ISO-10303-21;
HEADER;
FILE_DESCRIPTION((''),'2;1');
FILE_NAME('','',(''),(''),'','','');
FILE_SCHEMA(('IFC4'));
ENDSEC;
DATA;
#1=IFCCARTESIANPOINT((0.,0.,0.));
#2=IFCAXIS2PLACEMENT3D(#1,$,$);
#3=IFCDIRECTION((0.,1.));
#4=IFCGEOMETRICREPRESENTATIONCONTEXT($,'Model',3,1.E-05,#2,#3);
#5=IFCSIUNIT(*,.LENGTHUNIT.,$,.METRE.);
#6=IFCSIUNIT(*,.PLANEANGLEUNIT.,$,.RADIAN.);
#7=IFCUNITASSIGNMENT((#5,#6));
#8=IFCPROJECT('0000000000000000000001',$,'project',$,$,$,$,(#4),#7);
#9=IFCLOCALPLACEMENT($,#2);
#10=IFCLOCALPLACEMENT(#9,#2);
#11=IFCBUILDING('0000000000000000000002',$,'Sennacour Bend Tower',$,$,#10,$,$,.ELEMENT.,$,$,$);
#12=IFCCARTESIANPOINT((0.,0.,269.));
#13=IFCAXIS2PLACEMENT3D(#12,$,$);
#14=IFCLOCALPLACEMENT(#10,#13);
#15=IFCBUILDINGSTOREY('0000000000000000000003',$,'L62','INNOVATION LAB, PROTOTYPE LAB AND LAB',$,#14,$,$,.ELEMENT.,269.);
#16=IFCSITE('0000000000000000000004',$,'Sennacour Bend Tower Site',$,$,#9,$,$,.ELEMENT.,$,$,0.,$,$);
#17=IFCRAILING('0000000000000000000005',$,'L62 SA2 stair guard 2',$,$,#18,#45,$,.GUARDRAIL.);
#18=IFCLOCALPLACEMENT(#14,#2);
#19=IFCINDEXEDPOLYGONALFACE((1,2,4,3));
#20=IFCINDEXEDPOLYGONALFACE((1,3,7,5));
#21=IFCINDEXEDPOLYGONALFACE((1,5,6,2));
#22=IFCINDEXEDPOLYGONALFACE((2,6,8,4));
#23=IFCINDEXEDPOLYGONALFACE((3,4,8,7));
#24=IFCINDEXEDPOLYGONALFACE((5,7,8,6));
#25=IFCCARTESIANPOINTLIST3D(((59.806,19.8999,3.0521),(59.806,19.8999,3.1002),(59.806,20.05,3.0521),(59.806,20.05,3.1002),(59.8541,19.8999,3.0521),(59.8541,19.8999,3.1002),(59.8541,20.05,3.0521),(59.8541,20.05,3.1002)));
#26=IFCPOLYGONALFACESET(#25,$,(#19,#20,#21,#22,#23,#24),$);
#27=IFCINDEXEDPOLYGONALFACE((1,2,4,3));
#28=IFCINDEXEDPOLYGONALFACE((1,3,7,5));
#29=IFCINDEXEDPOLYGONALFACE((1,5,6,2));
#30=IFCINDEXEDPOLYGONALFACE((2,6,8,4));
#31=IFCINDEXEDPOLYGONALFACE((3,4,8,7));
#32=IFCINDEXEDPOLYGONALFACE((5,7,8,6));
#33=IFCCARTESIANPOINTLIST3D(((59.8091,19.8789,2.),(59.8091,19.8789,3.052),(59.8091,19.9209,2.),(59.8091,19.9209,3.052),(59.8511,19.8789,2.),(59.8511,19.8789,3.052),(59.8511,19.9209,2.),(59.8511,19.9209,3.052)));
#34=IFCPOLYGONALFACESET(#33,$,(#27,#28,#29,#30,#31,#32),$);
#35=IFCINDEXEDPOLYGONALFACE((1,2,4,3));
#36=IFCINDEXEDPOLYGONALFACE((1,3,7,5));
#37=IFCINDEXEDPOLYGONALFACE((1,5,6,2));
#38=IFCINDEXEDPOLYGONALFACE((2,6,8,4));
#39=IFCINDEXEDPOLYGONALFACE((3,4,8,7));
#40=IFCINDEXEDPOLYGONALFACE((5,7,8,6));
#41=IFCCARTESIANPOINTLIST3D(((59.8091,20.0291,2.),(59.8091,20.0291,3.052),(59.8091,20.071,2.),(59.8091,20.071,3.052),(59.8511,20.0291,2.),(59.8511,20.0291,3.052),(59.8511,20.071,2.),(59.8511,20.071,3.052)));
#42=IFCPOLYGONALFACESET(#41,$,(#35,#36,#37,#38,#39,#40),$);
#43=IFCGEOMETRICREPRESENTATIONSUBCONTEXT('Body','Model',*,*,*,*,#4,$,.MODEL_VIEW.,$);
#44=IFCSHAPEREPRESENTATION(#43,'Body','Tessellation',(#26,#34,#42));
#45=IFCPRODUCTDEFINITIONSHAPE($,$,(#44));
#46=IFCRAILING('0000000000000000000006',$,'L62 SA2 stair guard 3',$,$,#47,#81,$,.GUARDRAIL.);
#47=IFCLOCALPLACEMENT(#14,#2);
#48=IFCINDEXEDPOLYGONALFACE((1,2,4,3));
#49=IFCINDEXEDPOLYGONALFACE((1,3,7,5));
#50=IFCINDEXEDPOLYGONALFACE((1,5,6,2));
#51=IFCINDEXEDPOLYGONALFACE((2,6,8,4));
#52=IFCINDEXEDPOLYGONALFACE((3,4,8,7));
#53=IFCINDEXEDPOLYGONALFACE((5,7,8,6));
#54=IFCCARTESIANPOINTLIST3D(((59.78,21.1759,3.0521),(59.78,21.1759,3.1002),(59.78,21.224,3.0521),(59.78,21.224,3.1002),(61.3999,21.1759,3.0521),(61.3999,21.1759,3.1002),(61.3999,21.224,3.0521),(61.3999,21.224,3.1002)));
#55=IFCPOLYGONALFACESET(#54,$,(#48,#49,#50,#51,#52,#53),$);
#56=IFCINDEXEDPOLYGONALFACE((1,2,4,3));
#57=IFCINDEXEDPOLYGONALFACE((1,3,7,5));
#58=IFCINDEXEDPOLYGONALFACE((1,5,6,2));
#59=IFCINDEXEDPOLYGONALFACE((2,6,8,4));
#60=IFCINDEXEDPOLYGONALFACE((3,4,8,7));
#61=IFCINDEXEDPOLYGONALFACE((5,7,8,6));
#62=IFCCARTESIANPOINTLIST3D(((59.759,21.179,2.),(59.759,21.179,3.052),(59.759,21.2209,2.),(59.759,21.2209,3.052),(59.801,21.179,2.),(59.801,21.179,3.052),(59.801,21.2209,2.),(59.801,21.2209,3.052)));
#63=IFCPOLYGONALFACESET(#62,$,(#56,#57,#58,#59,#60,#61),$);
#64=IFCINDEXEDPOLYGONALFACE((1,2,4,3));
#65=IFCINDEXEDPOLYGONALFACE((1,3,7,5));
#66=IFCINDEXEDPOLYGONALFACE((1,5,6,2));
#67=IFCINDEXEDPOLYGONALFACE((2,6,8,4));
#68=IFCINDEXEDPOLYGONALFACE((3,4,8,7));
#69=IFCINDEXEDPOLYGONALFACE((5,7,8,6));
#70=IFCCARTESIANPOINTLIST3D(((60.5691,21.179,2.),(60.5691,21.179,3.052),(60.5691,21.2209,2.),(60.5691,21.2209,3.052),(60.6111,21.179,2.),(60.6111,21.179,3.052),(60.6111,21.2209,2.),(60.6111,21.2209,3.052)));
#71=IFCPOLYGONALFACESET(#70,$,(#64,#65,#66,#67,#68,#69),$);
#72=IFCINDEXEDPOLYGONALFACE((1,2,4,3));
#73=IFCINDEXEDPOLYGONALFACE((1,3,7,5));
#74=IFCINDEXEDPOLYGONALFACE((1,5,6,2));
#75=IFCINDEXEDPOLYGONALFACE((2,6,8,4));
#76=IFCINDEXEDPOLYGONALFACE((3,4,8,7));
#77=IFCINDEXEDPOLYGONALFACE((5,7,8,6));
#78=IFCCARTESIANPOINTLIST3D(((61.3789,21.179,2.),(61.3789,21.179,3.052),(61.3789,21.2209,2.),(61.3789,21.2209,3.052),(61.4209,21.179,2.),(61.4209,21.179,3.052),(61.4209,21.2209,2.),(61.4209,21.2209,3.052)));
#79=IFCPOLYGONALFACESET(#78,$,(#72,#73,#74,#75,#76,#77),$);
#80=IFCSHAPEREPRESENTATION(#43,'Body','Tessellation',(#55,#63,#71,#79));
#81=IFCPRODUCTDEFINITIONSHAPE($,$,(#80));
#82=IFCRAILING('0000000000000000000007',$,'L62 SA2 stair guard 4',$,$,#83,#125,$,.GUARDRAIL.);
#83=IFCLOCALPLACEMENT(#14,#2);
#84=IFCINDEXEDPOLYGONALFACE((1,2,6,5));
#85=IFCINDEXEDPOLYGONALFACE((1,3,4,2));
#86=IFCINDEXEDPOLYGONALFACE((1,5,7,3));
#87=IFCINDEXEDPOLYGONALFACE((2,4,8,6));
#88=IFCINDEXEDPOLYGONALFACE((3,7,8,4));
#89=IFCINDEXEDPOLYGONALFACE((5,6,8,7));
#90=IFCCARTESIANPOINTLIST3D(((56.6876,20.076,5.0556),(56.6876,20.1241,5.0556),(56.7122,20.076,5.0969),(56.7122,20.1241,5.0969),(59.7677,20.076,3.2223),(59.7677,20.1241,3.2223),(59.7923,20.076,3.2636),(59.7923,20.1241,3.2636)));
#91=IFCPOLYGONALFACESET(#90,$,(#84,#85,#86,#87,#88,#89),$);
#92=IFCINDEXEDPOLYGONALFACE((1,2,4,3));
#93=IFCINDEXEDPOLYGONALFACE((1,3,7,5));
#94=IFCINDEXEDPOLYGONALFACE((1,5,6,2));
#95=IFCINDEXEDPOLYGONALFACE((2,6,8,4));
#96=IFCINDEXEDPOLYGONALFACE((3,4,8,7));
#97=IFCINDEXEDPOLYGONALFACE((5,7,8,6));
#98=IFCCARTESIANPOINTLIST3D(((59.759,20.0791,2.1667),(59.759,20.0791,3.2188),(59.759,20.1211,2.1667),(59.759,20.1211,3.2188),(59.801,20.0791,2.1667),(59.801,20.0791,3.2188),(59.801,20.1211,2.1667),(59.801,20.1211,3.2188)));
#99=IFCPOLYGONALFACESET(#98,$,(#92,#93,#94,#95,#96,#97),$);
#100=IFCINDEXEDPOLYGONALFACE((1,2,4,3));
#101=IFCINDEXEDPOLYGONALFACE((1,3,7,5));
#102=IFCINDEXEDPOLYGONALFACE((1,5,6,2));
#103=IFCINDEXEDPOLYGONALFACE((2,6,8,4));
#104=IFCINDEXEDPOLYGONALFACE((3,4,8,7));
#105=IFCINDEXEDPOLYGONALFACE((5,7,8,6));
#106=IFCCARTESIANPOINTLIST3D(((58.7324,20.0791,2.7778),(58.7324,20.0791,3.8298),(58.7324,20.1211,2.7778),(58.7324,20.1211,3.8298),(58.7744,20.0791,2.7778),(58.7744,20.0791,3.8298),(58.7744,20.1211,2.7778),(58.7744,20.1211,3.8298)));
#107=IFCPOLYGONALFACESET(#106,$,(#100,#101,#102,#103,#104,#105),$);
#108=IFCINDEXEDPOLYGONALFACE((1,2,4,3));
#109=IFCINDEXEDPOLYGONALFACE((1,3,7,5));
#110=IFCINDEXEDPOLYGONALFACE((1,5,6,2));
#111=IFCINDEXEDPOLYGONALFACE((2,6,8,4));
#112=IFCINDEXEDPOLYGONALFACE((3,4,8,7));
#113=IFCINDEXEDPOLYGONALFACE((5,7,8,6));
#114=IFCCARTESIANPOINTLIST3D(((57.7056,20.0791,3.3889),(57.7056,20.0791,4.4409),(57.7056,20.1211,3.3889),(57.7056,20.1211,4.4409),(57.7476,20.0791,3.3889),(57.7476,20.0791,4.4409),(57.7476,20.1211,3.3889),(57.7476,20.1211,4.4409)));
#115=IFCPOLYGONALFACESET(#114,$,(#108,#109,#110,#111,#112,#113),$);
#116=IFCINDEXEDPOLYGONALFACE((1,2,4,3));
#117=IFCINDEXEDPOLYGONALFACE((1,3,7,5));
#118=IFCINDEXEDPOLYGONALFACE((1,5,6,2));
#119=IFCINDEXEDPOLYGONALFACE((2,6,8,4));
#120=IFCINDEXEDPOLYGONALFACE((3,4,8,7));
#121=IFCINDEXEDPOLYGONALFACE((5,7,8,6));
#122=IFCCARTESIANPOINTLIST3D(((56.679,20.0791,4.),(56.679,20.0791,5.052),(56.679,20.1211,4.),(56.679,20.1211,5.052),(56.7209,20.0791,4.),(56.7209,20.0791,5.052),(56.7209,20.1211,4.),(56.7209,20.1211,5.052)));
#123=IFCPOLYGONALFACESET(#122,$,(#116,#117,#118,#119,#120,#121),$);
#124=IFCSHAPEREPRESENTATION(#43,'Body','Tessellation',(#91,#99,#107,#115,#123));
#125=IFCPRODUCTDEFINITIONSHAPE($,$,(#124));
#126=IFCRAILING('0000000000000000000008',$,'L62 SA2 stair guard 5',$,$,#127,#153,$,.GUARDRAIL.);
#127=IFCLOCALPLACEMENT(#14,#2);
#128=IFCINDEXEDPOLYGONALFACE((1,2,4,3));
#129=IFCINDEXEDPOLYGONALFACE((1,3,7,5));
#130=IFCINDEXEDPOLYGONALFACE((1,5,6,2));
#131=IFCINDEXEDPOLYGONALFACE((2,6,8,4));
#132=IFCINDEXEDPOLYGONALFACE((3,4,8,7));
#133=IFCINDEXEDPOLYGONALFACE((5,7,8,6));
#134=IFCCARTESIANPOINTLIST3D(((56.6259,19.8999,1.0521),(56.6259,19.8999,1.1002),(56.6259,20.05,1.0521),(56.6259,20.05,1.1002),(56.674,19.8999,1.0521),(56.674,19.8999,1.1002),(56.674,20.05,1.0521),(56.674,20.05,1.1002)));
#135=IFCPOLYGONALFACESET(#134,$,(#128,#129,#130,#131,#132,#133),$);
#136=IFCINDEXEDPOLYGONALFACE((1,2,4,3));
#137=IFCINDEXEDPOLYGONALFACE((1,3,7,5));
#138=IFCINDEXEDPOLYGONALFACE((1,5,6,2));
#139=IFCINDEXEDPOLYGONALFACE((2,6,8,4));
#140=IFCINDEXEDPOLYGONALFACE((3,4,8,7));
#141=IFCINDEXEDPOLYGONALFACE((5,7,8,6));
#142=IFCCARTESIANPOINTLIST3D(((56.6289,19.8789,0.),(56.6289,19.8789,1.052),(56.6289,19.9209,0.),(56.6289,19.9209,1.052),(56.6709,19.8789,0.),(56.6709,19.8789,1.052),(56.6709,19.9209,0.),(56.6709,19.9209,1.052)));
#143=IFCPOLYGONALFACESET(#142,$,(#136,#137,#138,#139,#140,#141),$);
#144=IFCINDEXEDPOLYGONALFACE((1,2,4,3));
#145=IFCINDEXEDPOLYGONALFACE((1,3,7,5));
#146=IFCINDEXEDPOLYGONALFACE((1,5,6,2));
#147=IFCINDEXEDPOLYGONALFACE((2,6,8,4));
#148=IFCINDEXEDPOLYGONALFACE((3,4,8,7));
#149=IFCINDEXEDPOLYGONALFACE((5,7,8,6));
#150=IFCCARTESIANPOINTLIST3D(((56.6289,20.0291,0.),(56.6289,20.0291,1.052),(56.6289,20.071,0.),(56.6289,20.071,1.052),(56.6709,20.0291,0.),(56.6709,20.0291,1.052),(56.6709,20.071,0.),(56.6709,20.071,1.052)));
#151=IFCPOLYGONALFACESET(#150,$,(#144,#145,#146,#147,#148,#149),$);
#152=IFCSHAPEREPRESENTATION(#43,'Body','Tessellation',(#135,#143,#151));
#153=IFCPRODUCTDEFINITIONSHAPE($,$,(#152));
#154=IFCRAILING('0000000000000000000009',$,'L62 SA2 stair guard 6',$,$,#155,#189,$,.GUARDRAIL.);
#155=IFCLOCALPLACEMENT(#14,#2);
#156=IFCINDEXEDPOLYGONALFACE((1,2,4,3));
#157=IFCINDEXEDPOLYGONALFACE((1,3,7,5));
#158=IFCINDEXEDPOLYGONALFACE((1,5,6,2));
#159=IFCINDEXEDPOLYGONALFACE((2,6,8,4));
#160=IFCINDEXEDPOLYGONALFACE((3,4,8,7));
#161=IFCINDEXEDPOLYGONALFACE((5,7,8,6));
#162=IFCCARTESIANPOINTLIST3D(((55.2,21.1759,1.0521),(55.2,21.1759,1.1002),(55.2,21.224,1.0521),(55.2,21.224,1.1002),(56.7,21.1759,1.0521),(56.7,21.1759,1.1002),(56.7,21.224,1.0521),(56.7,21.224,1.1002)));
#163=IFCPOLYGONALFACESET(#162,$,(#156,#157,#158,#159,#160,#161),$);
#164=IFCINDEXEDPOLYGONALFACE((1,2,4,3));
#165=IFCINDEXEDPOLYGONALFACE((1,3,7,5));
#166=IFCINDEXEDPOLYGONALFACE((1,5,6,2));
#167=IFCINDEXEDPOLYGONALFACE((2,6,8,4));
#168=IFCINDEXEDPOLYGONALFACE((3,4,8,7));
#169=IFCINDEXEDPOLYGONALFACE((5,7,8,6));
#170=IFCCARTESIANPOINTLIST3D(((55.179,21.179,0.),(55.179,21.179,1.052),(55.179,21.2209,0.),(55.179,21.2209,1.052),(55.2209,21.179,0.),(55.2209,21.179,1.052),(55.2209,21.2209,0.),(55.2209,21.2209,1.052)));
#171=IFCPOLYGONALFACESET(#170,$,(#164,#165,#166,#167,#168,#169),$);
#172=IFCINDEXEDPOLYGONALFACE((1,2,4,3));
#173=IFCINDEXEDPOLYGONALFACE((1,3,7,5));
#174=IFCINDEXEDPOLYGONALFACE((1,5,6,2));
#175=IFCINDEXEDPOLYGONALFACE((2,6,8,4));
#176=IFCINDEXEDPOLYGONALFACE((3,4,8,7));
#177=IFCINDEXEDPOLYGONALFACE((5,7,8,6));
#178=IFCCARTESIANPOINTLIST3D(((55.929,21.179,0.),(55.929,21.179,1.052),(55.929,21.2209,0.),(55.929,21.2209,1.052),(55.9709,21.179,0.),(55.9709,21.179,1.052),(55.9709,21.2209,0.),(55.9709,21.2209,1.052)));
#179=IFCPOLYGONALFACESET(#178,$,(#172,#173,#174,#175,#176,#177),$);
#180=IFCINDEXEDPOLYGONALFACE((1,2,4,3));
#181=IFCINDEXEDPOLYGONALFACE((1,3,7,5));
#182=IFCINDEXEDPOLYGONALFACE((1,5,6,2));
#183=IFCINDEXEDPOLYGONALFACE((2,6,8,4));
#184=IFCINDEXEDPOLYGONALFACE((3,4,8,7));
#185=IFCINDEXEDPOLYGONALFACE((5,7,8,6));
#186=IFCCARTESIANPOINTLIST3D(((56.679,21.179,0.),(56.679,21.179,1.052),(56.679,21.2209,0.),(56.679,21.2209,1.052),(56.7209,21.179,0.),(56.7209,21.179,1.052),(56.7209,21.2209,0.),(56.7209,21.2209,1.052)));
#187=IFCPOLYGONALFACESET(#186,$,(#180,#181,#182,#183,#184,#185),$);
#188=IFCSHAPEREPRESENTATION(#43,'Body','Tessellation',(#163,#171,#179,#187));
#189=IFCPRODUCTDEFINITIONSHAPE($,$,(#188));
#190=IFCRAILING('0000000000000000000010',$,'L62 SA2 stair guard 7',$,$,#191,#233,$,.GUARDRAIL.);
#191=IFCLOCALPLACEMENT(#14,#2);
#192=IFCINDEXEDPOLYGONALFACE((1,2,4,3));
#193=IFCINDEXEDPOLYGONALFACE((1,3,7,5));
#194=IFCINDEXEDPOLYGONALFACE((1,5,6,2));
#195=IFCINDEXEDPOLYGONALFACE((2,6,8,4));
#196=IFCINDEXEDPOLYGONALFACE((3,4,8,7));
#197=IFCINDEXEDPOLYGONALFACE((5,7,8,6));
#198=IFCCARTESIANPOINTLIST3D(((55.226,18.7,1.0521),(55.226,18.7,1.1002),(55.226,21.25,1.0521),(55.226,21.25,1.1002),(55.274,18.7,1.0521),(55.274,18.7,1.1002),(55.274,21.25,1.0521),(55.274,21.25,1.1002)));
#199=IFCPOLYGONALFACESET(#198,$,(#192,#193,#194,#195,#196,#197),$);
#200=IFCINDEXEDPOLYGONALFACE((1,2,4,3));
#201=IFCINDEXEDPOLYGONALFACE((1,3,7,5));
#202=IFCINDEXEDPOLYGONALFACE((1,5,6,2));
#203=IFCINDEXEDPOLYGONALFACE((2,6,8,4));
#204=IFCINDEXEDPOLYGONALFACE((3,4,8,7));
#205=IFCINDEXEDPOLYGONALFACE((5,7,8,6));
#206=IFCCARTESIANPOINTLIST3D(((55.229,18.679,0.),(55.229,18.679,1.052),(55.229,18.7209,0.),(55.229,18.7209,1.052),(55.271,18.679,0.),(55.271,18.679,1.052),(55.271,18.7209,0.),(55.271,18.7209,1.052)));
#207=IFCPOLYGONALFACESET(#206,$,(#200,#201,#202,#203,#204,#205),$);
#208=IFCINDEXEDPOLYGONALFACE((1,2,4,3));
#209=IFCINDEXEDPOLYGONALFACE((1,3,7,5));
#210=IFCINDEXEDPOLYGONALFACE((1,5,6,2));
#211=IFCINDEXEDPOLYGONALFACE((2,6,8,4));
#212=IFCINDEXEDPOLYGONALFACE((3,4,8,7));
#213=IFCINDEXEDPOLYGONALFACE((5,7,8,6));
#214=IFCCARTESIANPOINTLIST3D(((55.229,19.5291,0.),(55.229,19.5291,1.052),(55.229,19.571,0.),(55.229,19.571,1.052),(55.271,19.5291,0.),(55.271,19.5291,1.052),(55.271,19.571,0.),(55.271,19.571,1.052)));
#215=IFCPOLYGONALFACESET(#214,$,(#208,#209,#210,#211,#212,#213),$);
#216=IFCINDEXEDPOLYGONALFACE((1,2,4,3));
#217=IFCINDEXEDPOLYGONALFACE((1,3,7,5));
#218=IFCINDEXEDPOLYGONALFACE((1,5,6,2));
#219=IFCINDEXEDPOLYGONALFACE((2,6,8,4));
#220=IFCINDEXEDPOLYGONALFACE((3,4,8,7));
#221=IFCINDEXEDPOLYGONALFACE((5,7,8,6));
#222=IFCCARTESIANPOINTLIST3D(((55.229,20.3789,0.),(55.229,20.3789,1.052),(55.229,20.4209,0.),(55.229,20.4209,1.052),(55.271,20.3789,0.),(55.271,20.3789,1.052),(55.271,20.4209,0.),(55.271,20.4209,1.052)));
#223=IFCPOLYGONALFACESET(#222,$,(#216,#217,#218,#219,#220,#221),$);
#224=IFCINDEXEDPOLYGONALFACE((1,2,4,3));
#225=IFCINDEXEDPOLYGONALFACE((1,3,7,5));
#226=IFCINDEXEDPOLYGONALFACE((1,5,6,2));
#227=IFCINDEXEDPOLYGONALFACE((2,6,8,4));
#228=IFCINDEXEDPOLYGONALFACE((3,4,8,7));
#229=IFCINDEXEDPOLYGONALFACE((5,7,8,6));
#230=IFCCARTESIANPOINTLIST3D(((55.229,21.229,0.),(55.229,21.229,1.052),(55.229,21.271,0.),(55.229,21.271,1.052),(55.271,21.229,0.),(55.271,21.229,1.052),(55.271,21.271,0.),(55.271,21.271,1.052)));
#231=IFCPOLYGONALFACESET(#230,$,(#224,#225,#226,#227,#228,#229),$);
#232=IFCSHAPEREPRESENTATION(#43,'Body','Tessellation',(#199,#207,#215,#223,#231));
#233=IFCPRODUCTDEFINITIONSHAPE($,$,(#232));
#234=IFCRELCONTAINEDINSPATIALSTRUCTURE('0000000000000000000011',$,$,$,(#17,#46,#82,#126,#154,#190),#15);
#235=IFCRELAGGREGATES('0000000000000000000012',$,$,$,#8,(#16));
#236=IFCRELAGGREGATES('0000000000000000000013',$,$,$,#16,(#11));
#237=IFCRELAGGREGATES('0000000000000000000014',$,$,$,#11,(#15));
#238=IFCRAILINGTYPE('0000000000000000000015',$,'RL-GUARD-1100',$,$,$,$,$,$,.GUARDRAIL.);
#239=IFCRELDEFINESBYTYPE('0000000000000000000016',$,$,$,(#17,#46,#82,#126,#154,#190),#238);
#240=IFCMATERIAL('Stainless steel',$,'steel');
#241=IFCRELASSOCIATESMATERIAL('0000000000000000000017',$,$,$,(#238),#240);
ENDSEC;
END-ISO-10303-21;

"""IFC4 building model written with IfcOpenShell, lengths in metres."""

from ifc_helpers import new_model, si_unit, direction, frame, origin, origin_2d, place, context, subcontext, project, spatial, rectangle, extrude, material, type_object, element, save


model = new_model("IFC4")

# Units and contexts
model_context = context("Model", 3, precision=1e-05, world=origin(), true_north=direction((0.0, 1.0)))
body_context = subcontext(model_context, "Body", "Model", "MODEL_VIEW")
ifc_project = project(units=[si_unit("LENGTHUNIT", "METRE"), si_unit("PLANEANGLEUNIT", "RADIAN")], contexts=[model_context])

# Site, building, storey
site_placement = place(None, origin())
site = spatial("IfcSite", under=ifc_project, at=site_placement, Name="Sennacour Bend Tower Site", CompositionType="ELEMENT", RefElevation=0.0)
building_placement = place(site_placement, origin())
building = spatial("IfcBuilding", under=site, at=building_placement, Name="Sennacour Bend Tower", CompositionType="ELEMENT")
storey_placement = place(building_placement, frame((0.0, 0.0, 269.0)))
storey = spatial("IfcBuildingStorey", under=building, at=storey_placement, Name="L62", Description="INNOVATION LAB, PROTOTYPE LAB AND LAB", CompositionType="ELEMENT", Elevation=269.0)

# Railings
ifc_material_1 = material(Name="Stainless steel", Category="steel")
railing_type_1 = type_object("IfcRailingType", Name="RL-GUARD-1100", PredefinedType="GUARDRAIL", material=ifc_material_1)
railing_1_placement = place(storey_placement, frame((59.8301, 19.8999, 2.0)))
element("IfcRailing", 1, at=railing_1_placement, inside=storey, type_object=railing_type_1, Name="L62 SA2 stair guard 2", PredefinedType="GUARDRAIL", context=body_context, shape_type="SweptSolid", body=[
    extrude(rectangle(XDim=0.0481, YDim=0.0481, at=origin_2d()), frame((0.0, 0.0, 1.0762), z_axis=(0.0, 1.0, 0.0), x_axis=(-1.0, 0.0, 0.0)), (0.0, 0.0, 1.0), 0.1501),
    extrude(rectangle(XDim=0.042, YDim=0.042, at=origin_2d()), origin(), (0.0, 0.0, 1.0), 1.052),
    extrude(rectangle(XDim=0.042, YDim=0.042, at=origin_2d()), frame((0.0, 0.1501, 0.0)), (0.0, 0.0, 1.0), 1.052),
])
railing_2_placement = place(storey_placement, frame((59.78, 21.2, 2.0)))
element("IfcRailing", 2, at=railing_2_placement, inside=storey, type_object=railing_type_1, Name="L62 SA2 stair guard 3", PredefinedType="GUARDRAIL", context=body_context, shape_type="SweptSolid", body=[
    extrude(rectangle(XDim=0.0481, YDim=0.0481, at=origin_2d()), frame((0.0, 0.0, 1.0762), z_axis=(1.0, 0.0, 0.0), x_axis=(0.0, 1.0, 0.0)), (0.0, 0.0, 1.0), 1.6199),
    extrude(rectangle(XDim=0.042, YDim=0.042, at=origin_2d()), origin(), (0.0, 0.0, 1.0), 1.052),
    extrude(rectangle(XDim=0.042, YDim=0.042, at=origin_2d()), frame((0.8101, 0.0, 0.0)), (0.0, 0.0, 1.0), 1.052),
    extrude(rectangle(XDim=0.042, YDim=0.042, at=origin_2d()), frame((1.6199, 0.0, 0.0)), (0.0, 0.0, 1.0), 1.052),
])
railing_3_placement = place(storey_placement, frame((59.78, 20.1001, 2.1667)))
element("IfcRailing", 3, at=railing_3_placement, inside=storey, type_object=railing_type_1, Name="L62 SA2 stair guard 4", PredefinedType="GUARDRAIL", context=body_context, shape_type="SweptSolid", body=[
    extrude(rectangle(XDim=0.0481, YDim=0.0481, at=origin_2d()), frame((0.0, 0.0, 1.0762), z_axis=(-0.859309, 0.0, 0.511458), x_axis=(0.0, -1.0, 0.0)), (0.0, 0.0, 1.0), 3.5845),
    extrude(rectangle(XDim=0.042, YDim=0.042, at=origin_2d()), origin(), (0.0, 0.0, 1.0), 1.052),
    extrude(rectangle(XDim=0.042, YDim=0.042, at=origin_2d()), frame((-1.0266, 0.0, 0.6111)), (0.0, 0.0, 1.0), 1.052),
    extrude(rectangle(XDim=0.042, YDim=0.042, at=origin_2d()), frame((-2.0535, 0.0, 1.2222)), (0.0, 0.0, 1.0), 1.052),
    extrude(rectangle(XDim=0.042, YDim=0.042, at=origin_2d()), frame((-3.0801, 0.0, 1.8333)), (0.0, 0.0, 1.0), 1.052),
])
railing_4_placement = place(storey_placement, frame((56.6499, 19.8999, 0.0)))
element("IfcRailing", 4, at=railing_4_placement, inside=storey, type_object=railing_type_1, Name="L62 SA2 stair guard 5", PredefinedType="GUARDRAIL", context=body_context, shape_type="SweptSolid", body=[
    extrude(rectangle(XDim=0.0481, YDim=0.0481, at=origin_2d()), frame((0.0, 0.0, 1.0762), z_axis=(0.0, 1.0, 0.0), x_axis=(-1.0, 0.0, 0.0)), (0.0, 0.0, 1.0), 0.1501),
    extrude(rectangle(XDim=0.042, YDim=0.042, at=origin_2d()), origin(), (0.0, 0.0, 1.0), 1.052),
    extrude(rectangle(XDim=0.042, YDim=0.042, at=origin_2d()), frame((0.0, 0.1501, 0.0)), (0.0, 0.0, 1.0), 1.052),
])
railing_5_placement = place(storey_placement, frame((55.2, 21.2, 0.0)))
element("IfcRailing", 5, at=railing_5_placement, inside=storey, type_object=railing_type_1, Name="L62 SA2 stair guard 6", PredefinedType="GUARDRAIL", context=body_context, shape_type="SweptSolid", body=[
    extrude(rectangle(XDim=0.0481, YDim=0.0481, at=origin_2d()), frame((0.0, 0.0, 1.0762), z_axis=(1.0, 0.0, 0.0), x_axis=(0.0, 1.0, 0.0)), (0.0, 0.0, 1.0), 1.5),
    extrude(rectangle(XDim=0.042, YDim=0.042, at=origin_2d()), origin(), (0.0, 0.0, 1.0), 1.052),
    extrude(rectangle(XDim=0.042, YDim=0.042, at=origin_2d()), frame((0.75, 0.0, 0.0)), (0.0, 0.0, 1.0), 1.052),
    extrude(rectangle(XDim=0.042, YDim=0.042, at=origin_2d()), frame((1.5, 0.0, 0.0)), (0.0, 0.0, 1.0), 1.052),
])
railing_6_placement = place(storey_placement, frame((55.25, 18.7, 0.0)))
element("IfcRailing", 6, at=railing_6_placement, inside=storey, type_object=railing_type_1, Name="L62 SA2 stair guard 7", PredefinedType="GUARDRAIL", context=body_context, shape_type="SweptSolid", body=[
    extrude(rectangle(XDim=0.0481, YDim=0.0481, at=origin_2d()), frame((0.0, 0.0, 1.0762), z_axis=(0.0, 1.0, 0.0), x_axis=(-1.0, 0.0, 0.0)), (0.0, 0.0, 1.0), 2.55),
    extrude(rectangle(XDim=0.042, YDim=0.042, at=origin_2d()), origin(), (0.0, 0.0, 1.0), 1.052),
    extrude(rectangle(XDim=0.042, YDim=0.042, at=origin_2d()), frame((0.0, 0.8501, 0.0)), (0.0, 0.0, 1.0), 1.052),
    extrude(rectangle(XDim=0.042, YDim=0.042, at=origin_2d()), frame((0.0, 1.7, 0.0)), (0.0, 0.0, 1.0), 1.052),
    extrude(rectangle(XDim=0.042, YDim=0.042, at=origin_2d()), frame((0.0, 2.55, 0.0)), (0.0, 0.0, 1.0), 1.052),
])

save(model, "model.ifc")
